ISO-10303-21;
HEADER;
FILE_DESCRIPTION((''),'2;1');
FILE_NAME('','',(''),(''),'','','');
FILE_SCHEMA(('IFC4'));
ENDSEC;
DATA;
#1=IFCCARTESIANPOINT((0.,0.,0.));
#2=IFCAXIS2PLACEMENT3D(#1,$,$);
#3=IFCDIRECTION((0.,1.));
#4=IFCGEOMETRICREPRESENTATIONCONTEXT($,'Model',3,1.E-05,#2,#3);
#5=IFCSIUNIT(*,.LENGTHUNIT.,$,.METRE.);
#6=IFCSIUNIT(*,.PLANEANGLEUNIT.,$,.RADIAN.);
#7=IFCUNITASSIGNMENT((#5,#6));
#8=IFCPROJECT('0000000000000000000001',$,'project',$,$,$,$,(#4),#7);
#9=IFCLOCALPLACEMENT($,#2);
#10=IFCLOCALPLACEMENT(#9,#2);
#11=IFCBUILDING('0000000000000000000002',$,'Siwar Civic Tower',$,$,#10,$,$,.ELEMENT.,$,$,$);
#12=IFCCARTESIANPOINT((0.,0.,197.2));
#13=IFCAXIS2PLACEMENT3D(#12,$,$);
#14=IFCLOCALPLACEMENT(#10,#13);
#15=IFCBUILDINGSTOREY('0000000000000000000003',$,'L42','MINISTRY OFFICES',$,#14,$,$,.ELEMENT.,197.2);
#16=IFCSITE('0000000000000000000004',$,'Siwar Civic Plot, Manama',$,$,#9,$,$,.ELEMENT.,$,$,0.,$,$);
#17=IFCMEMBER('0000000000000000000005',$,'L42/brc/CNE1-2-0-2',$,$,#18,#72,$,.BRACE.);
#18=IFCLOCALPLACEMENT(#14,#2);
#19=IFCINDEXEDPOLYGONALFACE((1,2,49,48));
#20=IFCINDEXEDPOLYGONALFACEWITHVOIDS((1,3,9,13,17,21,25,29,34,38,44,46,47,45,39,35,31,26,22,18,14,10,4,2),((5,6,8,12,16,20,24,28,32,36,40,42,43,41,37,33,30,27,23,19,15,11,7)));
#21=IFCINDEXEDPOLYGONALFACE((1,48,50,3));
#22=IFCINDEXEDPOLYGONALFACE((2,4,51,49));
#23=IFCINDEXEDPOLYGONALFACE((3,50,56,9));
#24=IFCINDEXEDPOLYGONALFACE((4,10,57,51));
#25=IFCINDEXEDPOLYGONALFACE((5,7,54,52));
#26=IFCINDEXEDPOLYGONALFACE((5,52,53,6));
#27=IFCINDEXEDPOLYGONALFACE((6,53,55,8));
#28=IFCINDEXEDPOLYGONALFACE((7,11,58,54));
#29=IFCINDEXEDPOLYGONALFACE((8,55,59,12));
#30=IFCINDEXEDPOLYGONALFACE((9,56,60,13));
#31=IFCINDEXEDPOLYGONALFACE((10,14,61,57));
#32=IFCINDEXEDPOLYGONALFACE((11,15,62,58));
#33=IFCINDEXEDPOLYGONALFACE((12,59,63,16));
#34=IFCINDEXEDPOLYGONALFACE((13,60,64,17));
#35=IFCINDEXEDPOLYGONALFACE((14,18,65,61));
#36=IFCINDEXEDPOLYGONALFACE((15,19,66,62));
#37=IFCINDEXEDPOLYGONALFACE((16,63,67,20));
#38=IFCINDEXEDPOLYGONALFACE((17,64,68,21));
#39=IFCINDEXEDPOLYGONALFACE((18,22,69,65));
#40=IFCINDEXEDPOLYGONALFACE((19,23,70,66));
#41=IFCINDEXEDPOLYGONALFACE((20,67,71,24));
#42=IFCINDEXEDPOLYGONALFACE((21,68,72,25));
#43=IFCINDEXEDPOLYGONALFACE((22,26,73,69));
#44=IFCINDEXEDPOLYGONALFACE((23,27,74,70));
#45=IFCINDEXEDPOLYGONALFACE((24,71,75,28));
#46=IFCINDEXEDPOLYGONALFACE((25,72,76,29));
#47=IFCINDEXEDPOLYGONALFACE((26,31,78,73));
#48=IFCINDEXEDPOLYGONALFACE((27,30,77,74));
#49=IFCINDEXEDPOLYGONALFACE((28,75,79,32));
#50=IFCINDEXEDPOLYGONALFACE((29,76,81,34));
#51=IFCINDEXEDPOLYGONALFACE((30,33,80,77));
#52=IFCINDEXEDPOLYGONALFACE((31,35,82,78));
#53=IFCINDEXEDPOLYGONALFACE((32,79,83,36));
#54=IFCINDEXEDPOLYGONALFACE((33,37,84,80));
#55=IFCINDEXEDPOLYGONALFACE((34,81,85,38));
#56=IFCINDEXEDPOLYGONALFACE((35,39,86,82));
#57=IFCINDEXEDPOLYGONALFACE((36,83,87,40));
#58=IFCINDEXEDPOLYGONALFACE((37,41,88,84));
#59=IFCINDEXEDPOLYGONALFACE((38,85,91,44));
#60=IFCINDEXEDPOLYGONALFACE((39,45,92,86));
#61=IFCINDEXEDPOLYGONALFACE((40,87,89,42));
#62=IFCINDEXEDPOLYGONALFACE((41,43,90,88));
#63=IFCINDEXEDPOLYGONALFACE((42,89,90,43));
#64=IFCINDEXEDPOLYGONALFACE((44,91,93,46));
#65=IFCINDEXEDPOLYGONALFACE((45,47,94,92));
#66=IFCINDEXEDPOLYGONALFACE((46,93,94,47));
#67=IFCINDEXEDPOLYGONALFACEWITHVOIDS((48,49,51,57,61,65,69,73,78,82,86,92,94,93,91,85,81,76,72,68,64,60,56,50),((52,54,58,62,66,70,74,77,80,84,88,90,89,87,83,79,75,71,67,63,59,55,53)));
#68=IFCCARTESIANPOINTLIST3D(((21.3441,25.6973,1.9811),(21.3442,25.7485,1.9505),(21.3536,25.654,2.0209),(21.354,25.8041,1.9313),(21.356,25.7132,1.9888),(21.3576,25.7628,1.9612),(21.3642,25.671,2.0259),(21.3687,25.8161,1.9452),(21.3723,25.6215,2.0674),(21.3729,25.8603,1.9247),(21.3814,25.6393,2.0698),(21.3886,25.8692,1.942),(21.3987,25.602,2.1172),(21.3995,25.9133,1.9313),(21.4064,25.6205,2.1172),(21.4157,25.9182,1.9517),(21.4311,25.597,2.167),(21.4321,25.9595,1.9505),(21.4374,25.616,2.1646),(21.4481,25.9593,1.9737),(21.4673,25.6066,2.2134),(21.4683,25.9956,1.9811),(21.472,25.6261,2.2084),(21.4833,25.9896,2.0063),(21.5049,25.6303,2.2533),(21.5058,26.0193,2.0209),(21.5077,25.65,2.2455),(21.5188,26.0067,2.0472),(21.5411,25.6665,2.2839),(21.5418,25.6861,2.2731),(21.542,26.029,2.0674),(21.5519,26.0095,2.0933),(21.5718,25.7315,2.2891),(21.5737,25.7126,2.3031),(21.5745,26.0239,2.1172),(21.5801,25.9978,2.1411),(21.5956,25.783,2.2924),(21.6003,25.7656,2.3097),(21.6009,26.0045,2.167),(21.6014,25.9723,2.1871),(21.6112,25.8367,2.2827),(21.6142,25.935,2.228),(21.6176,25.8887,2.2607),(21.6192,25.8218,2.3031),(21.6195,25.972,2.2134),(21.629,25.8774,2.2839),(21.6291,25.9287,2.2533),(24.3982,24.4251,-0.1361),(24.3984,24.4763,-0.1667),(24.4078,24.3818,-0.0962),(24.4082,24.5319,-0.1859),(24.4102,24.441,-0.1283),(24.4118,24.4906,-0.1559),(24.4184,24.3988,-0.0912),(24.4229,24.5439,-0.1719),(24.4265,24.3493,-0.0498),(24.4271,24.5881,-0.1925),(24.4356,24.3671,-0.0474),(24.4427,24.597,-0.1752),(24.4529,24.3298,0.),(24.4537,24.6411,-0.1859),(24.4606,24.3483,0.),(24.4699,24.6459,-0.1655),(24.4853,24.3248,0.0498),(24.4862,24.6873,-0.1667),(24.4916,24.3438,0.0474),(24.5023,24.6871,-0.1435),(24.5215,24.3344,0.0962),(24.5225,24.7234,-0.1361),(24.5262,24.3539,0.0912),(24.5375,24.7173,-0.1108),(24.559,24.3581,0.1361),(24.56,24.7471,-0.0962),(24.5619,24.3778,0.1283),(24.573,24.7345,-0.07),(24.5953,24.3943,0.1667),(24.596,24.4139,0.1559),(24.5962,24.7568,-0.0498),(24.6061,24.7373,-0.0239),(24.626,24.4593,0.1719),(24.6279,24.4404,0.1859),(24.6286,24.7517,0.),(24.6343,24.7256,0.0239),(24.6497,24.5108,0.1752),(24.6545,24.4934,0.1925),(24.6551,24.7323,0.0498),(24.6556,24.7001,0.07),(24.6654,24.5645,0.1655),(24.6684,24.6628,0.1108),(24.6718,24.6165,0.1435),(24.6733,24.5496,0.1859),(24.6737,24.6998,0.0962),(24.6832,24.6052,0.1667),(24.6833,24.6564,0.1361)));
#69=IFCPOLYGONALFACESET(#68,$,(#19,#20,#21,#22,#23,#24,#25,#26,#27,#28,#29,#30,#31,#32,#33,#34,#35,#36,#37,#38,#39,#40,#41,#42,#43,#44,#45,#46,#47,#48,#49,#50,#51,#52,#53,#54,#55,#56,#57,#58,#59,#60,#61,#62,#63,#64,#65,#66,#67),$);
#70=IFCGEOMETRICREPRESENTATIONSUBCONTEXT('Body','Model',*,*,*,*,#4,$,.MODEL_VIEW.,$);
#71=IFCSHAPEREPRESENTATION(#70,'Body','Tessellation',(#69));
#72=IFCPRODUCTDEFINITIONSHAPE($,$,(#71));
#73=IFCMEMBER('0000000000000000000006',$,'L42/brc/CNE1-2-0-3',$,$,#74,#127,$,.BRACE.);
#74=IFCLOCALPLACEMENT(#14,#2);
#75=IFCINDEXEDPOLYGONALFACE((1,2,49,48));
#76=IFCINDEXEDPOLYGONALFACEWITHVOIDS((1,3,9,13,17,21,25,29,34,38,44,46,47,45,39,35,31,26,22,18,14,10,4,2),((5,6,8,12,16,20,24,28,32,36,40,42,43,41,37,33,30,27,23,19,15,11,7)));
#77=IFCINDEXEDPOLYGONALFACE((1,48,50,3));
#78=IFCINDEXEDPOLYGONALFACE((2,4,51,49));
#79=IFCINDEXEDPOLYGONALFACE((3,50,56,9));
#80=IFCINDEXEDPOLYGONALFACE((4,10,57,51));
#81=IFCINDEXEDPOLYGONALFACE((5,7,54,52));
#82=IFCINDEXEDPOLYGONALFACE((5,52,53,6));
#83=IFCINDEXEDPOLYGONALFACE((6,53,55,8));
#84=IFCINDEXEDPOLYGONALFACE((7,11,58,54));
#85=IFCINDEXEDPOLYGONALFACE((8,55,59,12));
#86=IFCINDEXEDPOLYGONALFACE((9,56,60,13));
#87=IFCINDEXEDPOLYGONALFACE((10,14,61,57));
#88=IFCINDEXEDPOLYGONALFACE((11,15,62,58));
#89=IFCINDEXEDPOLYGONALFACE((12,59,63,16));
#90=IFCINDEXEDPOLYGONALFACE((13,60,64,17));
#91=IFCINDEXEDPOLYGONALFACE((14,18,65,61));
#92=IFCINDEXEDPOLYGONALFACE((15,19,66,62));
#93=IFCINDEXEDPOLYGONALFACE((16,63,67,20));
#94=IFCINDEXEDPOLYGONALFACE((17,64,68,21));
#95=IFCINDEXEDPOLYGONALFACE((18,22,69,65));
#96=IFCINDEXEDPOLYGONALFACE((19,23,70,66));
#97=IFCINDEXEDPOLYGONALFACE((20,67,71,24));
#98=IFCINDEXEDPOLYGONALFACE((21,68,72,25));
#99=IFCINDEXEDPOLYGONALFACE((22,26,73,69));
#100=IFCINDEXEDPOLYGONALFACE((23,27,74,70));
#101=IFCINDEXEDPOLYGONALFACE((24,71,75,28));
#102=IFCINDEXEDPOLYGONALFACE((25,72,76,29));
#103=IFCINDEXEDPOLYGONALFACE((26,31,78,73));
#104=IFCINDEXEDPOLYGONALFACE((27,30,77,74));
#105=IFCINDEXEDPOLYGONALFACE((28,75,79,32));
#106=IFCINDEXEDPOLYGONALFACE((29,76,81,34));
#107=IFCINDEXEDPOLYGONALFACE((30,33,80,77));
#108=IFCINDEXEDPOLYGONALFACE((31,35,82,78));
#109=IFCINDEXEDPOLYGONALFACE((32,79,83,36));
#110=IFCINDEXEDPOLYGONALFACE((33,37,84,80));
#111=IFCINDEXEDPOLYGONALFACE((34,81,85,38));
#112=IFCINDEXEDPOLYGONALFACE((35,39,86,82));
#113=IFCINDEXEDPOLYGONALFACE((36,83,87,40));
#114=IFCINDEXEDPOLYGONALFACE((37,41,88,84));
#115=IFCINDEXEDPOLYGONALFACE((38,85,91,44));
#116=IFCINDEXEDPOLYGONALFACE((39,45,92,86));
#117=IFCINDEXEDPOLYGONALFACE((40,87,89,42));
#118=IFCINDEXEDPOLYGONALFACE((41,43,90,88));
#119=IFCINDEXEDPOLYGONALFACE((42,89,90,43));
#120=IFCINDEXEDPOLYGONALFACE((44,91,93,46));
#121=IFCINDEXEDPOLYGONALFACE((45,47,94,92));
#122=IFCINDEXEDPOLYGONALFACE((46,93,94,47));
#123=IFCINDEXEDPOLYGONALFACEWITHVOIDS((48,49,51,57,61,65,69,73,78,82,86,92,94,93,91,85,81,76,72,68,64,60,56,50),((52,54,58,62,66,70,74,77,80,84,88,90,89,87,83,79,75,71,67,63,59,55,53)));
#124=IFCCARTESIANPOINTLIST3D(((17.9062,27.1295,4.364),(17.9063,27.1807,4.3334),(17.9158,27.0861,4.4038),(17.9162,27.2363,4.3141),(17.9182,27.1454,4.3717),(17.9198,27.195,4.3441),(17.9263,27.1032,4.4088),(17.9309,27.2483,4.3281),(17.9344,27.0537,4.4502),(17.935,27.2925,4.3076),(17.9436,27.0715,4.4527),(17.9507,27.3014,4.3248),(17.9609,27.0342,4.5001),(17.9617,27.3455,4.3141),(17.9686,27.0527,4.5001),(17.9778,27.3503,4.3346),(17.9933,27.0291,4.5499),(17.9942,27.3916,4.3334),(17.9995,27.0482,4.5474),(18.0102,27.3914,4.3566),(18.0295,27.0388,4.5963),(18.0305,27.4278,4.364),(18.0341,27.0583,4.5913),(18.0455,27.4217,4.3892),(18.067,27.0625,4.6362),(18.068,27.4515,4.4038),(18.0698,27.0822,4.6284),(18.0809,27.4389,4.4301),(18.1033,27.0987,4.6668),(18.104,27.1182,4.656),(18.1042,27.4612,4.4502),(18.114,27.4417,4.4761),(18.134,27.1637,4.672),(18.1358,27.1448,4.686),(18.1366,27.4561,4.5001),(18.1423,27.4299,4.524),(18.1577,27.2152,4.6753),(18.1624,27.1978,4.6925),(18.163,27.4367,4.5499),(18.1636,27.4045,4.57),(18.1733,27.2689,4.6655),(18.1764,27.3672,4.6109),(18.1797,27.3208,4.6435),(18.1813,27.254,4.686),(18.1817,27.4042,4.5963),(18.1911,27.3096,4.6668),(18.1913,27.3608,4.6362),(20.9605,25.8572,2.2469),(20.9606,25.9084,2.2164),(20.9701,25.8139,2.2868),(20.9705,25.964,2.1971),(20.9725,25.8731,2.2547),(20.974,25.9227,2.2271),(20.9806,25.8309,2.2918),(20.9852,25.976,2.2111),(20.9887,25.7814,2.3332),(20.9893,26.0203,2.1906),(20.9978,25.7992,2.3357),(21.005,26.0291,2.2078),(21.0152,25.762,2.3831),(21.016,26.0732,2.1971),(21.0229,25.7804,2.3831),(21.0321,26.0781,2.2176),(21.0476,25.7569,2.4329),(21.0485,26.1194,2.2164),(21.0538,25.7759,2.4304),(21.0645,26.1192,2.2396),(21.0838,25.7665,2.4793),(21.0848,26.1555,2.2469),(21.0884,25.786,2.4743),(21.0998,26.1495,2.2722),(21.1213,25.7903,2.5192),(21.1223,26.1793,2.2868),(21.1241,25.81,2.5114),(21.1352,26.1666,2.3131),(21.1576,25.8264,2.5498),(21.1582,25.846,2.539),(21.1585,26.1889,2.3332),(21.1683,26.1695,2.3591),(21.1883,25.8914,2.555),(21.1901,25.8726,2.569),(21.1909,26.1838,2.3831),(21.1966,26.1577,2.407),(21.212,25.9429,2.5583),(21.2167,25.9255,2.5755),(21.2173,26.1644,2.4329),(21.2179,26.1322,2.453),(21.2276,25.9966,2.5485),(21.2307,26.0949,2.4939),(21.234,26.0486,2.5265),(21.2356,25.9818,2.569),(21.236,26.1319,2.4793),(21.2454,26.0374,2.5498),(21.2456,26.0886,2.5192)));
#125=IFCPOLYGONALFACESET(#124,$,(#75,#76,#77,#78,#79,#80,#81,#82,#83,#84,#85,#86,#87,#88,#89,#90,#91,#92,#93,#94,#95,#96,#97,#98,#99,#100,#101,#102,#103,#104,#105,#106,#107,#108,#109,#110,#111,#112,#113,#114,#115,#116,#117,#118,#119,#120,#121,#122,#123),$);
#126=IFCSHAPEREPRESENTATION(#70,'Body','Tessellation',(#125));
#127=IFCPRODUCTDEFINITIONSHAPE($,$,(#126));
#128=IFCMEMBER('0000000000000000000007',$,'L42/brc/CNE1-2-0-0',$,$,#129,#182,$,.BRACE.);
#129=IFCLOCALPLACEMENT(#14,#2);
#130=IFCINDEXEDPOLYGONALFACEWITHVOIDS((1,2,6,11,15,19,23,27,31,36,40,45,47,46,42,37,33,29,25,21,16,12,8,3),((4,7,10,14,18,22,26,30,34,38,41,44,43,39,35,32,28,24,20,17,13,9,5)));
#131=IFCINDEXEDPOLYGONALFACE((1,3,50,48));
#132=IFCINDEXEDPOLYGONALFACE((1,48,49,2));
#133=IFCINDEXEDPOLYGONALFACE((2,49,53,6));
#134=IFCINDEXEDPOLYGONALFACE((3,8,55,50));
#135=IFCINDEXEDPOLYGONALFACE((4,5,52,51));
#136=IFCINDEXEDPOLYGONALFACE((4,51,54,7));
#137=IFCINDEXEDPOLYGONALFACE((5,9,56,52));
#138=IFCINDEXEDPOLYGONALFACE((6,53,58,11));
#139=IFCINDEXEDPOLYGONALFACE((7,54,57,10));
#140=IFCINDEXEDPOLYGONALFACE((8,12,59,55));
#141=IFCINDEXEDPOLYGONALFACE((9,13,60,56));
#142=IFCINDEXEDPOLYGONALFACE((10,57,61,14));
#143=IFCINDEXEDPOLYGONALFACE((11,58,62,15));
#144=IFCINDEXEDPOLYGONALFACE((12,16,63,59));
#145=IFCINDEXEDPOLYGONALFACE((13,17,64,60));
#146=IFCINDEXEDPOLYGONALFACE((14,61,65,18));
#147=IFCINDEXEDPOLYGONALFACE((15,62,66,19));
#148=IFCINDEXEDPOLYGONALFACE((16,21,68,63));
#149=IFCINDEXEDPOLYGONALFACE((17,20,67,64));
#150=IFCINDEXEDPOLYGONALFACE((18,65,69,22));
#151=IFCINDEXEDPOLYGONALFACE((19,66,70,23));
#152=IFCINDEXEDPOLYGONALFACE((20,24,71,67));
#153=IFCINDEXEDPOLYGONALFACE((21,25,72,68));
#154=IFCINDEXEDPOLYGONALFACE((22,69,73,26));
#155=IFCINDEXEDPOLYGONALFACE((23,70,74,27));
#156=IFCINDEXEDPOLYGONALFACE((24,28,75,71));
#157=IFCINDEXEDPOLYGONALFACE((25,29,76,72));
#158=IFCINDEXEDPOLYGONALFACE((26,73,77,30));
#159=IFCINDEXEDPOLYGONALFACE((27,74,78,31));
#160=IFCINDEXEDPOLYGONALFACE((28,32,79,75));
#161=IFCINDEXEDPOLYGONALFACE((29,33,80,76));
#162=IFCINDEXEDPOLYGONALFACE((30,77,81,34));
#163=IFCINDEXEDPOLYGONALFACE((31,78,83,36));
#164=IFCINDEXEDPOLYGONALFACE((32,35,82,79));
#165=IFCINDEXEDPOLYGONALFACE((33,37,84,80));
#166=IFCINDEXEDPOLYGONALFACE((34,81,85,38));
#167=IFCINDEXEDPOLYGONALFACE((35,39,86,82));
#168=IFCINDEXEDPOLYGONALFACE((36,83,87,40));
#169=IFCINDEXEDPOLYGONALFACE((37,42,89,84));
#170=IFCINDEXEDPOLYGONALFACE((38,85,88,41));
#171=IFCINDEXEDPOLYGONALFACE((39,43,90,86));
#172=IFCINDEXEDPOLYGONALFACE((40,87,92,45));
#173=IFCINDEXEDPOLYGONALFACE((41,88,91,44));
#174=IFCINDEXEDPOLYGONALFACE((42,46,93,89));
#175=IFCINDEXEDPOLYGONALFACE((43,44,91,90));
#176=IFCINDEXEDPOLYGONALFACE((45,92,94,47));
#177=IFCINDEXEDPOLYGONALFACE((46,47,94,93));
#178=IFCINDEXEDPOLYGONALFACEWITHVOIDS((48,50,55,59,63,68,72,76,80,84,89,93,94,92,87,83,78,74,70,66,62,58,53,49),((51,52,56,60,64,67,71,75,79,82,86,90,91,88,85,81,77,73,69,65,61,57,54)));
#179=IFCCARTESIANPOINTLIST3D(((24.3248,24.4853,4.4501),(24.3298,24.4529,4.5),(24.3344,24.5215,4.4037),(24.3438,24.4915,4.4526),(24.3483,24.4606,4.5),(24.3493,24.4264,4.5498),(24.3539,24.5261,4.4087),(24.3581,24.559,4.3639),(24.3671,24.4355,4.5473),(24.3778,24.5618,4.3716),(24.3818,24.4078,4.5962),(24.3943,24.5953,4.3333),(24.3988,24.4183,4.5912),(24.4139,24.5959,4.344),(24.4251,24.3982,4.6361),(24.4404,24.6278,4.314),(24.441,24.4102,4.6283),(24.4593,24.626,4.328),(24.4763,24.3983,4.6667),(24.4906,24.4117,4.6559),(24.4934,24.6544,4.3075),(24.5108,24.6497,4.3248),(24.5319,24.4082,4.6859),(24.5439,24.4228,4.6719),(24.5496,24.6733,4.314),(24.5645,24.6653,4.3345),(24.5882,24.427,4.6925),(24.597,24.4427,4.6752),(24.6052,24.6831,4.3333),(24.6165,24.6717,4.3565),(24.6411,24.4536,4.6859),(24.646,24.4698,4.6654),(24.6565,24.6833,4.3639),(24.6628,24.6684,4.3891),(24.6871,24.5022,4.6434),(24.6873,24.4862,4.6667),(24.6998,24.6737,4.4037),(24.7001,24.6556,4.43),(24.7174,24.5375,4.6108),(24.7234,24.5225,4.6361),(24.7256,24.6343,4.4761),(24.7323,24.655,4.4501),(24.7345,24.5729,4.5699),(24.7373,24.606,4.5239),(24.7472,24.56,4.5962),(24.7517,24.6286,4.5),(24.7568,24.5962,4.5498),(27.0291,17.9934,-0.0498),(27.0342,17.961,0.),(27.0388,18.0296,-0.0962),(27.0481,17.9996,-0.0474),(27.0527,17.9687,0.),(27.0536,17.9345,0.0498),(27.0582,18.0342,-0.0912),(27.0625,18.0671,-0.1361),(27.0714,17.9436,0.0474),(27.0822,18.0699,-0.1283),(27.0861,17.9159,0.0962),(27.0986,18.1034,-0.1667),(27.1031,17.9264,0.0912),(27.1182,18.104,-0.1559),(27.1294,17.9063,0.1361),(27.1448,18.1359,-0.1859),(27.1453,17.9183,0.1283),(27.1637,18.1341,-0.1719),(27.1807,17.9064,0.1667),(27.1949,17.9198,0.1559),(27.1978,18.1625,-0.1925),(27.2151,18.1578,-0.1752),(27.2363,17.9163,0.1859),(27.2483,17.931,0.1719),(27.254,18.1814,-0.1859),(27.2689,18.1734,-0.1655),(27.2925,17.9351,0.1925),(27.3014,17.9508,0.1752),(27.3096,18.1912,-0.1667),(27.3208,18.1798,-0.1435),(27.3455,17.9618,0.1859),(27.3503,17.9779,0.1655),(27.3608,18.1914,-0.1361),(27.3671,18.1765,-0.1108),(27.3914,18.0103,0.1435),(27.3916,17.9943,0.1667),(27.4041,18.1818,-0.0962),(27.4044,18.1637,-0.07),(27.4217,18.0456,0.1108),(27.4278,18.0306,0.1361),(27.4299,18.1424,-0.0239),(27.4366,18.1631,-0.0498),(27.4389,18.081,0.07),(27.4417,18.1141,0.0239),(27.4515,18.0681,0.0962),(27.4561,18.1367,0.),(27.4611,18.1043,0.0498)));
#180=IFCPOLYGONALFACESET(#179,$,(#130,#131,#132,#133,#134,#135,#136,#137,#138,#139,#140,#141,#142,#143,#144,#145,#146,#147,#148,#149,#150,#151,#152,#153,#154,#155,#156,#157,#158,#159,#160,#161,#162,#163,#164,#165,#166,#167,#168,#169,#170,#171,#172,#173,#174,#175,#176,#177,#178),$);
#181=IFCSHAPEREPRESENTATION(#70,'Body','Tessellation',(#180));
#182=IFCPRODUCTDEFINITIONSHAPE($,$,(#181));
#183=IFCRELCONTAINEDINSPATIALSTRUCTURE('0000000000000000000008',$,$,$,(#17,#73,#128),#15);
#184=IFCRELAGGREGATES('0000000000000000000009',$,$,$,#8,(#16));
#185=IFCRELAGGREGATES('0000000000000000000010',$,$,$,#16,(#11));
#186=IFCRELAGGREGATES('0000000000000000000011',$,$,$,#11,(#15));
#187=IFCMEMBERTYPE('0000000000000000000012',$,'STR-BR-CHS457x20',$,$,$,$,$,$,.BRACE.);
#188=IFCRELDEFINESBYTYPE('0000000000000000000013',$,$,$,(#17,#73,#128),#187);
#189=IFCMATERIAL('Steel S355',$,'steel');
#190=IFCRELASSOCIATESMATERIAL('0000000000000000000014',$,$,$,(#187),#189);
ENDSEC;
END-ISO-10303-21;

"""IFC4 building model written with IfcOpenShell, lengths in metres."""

from ifc_helpers import new_model, si_unit, direction, frame, origin, origin_2d, place, context, subcontext, project, spatial, hollow_circle, extrude, material, material_profile, profile_set, type_object, element, save


model = new_model("IFC4")

# Units and contexts
model_context = context("Model", 3, precision=1e-05, world=origin(), true_north=direction((0.0, 1.0)))
body_context = subcontext(model_context, "Body", "Model", "MODEL_VIEW")
ifc_project = project(units=[si_unit("LENGTHUNIT", "METRE"), si_unit("PLANEANGLEUNIT", "RADIAN")], contexts=[model_context])

# Site, building, storey
site_placement = place(None, origin())
site = spatial("IfcSite", under=ifc_project, at=site_placement, Name="Siwar Civic Plot, Manama", CompositionType="ELEMENT", RefElevation=0.0)
building_placement = place(site_placement, origin())
building = spatial("IfcBuilding", under=site, at=building_placement, Name="Siwar Civic Tower", CompositionType="ELEMENT")
storey_placement = place(building_placement, frame((0.0, 0.0, 197.2)))
storey = spatial("IfcBuildingStorey", under=building, at=storey_placement, Name="L42", Description="MINISTRY OFFICES", CompositionType="ELEMENT", Elevation=197.2)

# Members
ifc_material_1 = material(Name="Steel S355", Category="steel")
ifc_material_profile_1 = material_profile(ifc_material_1, hollow_circle(Radius=0.2285, WallThickness=0.02, at=origin_2d()), Name="CHS457x20")
ifc_profile_set_1 = profile_set([ifc_material_profile_1], Name="Steel S355")
member_type_1 = type_object("IfcMemberType", Name="STR-BR-CHS457x20", PredefinedType="BRACE", material=ifc_profile_set_1)
for number, where, z_axis, x_axis, name in (
    (1, (24.5408, 24.5408, 0.0), (-0.777546, 0.323884, 0.538999), (-0.384521, -0.923116, 0.0), "L42/brc/CNE1-2-0-2"),
    (2, (21.103, 25.9729, 2.3831), (-0.777572, 0.323895, 0.538955), (-0.384521, -0.923116, 0.0), "L42/brc/CNE1-2-0-3"),
):
    element("IfcMember", number, at=place(storey_placement, frame(where, z_axis=z_axis, x_axis=x_axis)), inside=storey, type_object=member_type_1, Name=name, PredefinedType="BRACE", context=body_context, shape_type="SweptSolid", body=[
        extrude(hollow_circle(Radius=0.2285, WallThickness=0.02, at=origin_2d()), origin(), (0.0, 0.0, 1.0), 3.928),
    ])
member_1_placement = place(storey_placement, frame((27.2451, 18.0488, 0.0), z_axis=(-0.323906, 0.777555, 0.538975), x_axis=(-0.923109, -0.384539, 0.0)))
element("IfcMember", 3, at=member_1_placement, inside=storey, type_object=member_type_1, Name="L42/brc/CNE1-2-0-0", PredefinedType="BRACE", context=body_context, shape_type="SweptSolid", body=[
    extrude(hollow_circle(Radius=0.2285, WallThickness=0.02, at=origin_2d()), origin(), (0.0, 0.0, 1.0), 8.3491),
])

save(model, "model.ifc")
